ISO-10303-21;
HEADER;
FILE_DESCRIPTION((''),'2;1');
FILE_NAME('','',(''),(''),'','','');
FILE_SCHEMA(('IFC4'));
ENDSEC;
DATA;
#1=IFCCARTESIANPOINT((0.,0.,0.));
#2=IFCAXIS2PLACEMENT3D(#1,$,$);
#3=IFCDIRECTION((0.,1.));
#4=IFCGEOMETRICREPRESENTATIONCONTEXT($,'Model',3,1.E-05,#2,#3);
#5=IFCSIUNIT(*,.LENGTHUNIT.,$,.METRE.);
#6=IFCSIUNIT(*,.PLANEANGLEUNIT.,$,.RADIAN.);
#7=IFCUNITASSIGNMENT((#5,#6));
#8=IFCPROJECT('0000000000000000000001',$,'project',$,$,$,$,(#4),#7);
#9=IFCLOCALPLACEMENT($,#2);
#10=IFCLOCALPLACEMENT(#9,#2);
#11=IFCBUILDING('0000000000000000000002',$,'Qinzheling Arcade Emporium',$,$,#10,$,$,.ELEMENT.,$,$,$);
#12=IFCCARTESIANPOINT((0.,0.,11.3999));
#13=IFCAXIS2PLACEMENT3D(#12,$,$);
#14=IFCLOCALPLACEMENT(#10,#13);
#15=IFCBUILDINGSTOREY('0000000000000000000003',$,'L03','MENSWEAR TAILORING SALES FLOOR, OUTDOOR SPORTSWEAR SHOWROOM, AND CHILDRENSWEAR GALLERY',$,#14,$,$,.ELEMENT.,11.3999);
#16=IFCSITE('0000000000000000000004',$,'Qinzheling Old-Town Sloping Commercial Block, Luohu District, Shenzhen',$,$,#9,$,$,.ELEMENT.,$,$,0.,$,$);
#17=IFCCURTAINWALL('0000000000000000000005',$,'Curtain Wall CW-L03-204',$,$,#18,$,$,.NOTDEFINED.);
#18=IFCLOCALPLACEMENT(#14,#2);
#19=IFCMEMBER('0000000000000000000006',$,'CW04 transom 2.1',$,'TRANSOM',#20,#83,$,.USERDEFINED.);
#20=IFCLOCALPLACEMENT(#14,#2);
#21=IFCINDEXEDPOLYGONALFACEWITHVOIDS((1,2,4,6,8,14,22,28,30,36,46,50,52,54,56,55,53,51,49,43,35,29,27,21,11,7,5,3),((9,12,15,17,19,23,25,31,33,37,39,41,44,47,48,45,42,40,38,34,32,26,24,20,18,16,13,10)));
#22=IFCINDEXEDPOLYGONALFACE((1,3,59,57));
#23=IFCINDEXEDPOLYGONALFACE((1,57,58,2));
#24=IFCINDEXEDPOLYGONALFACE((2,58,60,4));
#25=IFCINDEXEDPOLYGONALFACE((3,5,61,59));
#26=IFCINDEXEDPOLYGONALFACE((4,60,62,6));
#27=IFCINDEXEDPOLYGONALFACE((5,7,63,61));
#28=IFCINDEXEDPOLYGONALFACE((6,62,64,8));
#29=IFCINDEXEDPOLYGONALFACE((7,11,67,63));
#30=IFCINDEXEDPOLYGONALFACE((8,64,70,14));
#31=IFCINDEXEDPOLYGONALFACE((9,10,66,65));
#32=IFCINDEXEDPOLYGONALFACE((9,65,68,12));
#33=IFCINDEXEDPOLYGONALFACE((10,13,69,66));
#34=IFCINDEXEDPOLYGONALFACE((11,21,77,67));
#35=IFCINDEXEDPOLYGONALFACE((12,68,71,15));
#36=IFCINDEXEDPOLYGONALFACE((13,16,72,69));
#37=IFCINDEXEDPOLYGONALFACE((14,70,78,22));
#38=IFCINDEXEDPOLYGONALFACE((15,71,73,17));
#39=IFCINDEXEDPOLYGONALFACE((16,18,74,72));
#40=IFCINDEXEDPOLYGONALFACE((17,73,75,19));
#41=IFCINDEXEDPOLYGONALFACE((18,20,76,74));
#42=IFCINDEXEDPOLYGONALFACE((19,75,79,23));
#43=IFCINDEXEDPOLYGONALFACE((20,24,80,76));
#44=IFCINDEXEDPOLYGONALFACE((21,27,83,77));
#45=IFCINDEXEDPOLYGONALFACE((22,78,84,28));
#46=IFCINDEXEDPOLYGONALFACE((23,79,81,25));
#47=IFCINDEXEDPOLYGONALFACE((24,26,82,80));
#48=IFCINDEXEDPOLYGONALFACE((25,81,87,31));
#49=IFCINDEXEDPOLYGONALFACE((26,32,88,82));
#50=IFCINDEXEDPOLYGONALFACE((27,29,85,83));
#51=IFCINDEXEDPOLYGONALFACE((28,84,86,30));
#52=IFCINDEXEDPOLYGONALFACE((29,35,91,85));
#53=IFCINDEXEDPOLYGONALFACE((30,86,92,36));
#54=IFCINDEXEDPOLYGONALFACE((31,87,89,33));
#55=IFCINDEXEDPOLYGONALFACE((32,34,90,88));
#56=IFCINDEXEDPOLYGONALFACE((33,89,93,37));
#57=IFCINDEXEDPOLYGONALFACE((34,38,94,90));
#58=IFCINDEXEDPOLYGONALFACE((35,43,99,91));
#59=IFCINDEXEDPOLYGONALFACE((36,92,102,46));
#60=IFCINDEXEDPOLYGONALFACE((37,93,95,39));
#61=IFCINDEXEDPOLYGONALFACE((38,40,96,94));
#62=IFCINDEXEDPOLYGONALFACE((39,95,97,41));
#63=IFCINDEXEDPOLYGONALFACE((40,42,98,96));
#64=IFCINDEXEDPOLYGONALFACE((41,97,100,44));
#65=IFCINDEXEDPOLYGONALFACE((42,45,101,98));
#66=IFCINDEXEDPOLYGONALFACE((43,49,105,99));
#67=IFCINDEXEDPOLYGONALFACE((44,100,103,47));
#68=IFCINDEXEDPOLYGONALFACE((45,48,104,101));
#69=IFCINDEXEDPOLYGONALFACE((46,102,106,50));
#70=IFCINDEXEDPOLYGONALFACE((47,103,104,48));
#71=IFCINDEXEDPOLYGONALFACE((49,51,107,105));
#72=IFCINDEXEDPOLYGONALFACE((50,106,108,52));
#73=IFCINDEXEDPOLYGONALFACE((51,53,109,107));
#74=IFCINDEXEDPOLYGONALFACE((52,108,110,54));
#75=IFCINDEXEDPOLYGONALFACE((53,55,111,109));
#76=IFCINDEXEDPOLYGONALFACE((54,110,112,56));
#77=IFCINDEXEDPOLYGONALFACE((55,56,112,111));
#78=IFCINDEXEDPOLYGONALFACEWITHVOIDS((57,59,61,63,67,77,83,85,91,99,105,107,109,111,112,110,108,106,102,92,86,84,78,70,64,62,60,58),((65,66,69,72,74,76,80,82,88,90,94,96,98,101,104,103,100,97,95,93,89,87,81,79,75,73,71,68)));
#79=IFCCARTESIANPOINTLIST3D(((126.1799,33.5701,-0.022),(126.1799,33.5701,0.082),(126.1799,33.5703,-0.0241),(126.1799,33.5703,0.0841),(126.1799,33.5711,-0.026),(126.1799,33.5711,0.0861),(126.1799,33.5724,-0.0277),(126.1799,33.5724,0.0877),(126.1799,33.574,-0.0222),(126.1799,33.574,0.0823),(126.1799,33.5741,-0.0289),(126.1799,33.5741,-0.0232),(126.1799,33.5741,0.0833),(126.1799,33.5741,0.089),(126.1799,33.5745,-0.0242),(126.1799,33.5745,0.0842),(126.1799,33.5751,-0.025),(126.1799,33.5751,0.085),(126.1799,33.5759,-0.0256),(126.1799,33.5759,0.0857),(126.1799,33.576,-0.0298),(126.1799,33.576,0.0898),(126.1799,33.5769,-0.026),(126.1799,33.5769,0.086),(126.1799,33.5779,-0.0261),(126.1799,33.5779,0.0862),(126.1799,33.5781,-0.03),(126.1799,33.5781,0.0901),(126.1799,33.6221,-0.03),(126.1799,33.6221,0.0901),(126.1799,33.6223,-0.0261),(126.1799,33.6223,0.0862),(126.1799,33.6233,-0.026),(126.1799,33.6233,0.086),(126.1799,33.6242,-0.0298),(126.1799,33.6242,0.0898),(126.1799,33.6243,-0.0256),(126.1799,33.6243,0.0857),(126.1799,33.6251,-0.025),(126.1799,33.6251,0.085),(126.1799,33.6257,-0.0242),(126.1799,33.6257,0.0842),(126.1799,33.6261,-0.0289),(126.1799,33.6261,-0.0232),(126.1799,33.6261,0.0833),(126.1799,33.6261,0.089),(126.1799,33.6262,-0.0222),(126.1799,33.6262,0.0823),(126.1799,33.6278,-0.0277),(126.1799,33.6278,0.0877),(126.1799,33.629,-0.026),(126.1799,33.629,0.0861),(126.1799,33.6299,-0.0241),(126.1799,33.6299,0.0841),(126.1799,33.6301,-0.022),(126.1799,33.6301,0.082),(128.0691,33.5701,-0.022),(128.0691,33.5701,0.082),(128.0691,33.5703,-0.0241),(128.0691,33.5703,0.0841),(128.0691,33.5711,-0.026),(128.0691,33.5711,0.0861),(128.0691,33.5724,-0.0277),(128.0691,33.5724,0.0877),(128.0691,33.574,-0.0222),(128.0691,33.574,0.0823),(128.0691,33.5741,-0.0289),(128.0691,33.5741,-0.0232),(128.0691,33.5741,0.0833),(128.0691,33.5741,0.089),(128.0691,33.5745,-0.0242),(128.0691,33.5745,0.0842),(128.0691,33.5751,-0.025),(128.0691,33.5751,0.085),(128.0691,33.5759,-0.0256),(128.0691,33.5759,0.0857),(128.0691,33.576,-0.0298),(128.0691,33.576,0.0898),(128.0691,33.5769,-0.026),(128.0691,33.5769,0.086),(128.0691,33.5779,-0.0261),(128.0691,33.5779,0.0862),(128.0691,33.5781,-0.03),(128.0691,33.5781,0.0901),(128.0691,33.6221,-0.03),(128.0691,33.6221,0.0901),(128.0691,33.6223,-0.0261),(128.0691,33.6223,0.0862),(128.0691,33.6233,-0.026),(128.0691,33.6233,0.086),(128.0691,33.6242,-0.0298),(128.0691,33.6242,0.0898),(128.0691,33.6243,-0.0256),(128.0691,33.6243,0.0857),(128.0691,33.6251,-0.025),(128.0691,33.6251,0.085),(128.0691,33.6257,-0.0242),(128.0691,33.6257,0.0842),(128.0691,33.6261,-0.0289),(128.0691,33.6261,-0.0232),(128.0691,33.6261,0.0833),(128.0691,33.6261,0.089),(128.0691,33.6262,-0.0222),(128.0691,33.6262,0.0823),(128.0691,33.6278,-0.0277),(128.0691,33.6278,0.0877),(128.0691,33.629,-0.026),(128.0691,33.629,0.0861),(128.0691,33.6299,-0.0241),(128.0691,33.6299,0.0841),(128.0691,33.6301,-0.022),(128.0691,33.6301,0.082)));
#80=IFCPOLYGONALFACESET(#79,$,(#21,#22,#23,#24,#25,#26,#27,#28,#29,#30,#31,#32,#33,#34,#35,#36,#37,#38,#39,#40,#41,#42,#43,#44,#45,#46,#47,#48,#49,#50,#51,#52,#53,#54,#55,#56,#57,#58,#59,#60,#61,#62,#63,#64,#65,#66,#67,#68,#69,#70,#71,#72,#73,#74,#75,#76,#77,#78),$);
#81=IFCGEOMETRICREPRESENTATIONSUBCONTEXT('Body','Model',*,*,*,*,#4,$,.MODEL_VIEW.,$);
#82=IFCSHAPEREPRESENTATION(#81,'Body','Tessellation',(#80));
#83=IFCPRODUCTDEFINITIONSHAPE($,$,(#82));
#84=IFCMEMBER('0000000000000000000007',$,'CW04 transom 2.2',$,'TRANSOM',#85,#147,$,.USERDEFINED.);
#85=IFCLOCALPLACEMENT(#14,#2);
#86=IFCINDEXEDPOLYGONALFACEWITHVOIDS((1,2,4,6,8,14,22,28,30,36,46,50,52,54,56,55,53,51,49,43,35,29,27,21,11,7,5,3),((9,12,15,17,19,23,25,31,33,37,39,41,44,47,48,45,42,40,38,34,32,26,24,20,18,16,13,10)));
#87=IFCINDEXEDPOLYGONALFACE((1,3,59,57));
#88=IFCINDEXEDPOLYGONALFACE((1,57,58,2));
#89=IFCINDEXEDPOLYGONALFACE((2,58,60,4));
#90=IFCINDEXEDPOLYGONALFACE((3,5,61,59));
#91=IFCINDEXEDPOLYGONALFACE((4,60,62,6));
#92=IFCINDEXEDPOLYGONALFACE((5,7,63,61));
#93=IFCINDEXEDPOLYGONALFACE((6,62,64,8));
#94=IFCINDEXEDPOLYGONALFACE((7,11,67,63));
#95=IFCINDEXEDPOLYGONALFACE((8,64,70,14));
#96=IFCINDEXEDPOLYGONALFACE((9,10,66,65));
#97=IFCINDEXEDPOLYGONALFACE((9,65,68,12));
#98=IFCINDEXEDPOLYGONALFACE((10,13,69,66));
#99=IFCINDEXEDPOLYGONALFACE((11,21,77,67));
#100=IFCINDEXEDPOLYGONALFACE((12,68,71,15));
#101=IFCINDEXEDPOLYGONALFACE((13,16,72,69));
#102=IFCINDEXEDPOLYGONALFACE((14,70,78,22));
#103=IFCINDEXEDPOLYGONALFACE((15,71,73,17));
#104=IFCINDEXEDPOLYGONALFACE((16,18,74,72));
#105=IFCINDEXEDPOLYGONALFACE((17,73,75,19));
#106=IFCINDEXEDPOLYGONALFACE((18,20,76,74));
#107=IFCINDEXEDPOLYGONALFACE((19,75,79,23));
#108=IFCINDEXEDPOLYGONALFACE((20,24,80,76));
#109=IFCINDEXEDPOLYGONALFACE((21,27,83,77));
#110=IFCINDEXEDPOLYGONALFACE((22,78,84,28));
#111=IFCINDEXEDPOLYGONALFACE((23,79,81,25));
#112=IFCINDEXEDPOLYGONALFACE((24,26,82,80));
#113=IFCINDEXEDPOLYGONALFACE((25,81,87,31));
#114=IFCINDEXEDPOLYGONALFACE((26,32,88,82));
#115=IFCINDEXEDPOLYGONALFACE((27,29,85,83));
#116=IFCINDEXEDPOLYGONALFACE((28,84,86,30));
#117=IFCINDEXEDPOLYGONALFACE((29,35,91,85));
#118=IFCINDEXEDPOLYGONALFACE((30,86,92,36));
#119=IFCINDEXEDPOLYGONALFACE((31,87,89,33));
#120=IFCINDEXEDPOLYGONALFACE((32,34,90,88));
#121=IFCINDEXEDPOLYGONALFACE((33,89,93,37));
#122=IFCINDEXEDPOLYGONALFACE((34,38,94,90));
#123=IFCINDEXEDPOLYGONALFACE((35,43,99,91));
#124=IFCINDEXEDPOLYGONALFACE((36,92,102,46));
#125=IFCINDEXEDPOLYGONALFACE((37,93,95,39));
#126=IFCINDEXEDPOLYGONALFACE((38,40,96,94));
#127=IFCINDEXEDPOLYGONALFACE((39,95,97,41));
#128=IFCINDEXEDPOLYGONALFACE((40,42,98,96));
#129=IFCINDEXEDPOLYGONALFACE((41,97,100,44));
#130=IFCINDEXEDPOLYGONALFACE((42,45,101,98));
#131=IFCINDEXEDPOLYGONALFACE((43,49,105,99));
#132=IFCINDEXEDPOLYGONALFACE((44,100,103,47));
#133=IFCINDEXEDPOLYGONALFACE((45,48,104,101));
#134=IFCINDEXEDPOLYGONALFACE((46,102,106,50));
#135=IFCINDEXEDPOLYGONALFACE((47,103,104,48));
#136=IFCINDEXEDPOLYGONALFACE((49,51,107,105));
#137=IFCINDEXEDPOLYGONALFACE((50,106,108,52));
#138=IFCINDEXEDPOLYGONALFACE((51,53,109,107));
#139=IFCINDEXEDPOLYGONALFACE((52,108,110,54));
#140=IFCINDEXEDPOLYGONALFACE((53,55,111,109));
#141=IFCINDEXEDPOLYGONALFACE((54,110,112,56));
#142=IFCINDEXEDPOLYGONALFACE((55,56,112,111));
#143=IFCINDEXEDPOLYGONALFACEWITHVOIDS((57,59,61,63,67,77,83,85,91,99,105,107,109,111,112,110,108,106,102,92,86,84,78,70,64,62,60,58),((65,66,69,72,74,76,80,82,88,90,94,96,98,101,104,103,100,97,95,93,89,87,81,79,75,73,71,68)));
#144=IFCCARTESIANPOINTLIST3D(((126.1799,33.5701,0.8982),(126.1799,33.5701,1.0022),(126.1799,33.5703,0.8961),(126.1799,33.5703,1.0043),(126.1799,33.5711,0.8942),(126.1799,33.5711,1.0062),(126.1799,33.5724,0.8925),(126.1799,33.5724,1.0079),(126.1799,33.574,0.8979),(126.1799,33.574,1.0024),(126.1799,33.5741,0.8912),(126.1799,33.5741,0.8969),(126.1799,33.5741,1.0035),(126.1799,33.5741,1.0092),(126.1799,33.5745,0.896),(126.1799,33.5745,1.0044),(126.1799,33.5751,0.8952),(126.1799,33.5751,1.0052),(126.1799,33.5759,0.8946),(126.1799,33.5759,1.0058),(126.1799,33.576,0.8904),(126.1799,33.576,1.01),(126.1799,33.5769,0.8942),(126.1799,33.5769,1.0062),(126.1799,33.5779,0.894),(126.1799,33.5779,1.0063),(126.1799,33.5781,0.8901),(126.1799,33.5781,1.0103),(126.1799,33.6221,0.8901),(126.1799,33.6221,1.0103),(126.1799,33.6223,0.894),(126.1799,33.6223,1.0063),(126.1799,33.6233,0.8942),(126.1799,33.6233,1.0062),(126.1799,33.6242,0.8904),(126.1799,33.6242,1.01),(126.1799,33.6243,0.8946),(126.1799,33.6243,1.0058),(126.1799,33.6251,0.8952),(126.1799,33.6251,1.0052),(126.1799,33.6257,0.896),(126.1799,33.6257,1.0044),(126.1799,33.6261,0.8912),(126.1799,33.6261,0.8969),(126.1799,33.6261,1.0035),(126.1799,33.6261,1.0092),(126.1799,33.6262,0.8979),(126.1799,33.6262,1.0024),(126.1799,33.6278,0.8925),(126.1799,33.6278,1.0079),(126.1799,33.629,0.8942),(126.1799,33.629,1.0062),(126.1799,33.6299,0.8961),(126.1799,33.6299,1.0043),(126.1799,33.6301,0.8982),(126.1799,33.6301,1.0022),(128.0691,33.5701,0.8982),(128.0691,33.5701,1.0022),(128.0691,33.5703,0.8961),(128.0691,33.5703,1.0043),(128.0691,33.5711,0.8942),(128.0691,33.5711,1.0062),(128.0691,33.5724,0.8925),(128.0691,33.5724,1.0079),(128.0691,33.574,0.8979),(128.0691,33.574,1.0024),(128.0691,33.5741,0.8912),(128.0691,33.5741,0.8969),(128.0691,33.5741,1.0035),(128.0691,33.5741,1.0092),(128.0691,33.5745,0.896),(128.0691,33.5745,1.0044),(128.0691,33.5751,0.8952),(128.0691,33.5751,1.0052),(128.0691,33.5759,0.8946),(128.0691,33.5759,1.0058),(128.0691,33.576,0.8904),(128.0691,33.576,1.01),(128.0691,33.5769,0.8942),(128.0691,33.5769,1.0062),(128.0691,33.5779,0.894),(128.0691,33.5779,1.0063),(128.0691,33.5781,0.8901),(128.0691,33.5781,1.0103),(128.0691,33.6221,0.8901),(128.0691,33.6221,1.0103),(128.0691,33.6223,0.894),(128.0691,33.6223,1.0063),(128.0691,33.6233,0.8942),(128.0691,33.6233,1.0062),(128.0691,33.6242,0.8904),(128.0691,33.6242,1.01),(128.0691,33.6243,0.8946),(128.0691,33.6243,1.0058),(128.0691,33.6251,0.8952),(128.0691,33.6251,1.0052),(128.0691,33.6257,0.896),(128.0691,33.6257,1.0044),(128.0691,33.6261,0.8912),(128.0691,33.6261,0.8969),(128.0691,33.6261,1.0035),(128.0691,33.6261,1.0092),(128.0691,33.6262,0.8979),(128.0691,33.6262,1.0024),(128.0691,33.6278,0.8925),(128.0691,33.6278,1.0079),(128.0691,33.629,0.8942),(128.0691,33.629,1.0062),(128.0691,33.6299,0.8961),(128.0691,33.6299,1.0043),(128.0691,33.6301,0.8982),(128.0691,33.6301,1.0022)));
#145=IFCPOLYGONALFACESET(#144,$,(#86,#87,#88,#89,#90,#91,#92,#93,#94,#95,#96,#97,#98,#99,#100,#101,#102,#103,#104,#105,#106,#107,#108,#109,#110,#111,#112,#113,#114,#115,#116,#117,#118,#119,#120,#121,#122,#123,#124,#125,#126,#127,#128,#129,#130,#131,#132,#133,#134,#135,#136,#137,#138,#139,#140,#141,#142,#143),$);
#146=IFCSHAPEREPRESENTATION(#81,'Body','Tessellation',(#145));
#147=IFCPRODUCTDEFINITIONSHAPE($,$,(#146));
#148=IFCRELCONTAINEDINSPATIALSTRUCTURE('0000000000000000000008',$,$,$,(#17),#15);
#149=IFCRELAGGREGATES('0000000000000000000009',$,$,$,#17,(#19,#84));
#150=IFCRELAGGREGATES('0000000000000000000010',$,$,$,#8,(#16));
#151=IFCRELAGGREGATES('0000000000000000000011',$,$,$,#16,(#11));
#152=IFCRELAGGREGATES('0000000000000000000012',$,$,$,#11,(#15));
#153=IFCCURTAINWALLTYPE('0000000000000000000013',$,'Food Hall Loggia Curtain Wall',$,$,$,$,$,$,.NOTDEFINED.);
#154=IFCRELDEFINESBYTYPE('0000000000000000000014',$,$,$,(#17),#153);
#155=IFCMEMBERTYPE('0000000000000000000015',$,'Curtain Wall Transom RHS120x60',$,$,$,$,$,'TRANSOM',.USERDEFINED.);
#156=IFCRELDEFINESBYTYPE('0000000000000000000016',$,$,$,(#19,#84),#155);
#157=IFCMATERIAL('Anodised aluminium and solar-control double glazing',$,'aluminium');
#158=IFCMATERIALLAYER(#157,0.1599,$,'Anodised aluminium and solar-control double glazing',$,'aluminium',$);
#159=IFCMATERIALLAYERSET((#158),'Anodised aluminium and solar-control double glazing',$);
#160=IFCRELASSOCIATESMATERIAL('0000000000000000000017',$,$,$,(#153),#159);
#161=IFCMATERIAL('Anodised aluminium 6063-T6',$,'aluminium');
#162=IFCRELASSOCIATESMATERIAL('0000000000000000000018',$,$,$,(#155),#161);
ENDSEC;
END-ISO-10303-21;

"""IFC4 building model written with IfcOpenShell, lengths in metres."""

from ifc_helpers import new_model, si_unit, direction, frame, origin, origin_2d, place, context, subcontext, project, spatial, hollow_rectangle, extrude, material, layer, layer_set, material_profile, profile_set, type_object, element, aggregate, save


model = new_model("IFC4")

# Units and contexts
model_context = context("Model", 3, precision=1e-05, world=origin(), true_north=direction((0.0, 1.0)))
body_context = subcontext(model_context, "Body", "Model", "MODEL_VIEW")
ifc_project = project(units=[si_unit("LENGTHUNIT", "METRE"), si_unit("PLANEANGLEUNIT", "RADIAN")], contexts=[model_context])

# Site, building, storey
site_placement = place(None, origin())
site = spatial("IfcSite", under=ifc_project, at=site_placement, Name="Qinzheling Old-Town Sloping Commercial Block, Luohu District, Shenzhen", CompositionType="ELEMENT", RefElevation=0.0)
building_placement = place(site_placement, origin())
building = spatial("IfcBuilding", under=site, at=building_placement, Name="Qinzheling Arcade Emporium", CompositionType="ELEMENT")
storey_placement = place(building_placement, frame((0.0, 0.0, 11.3999)))
storey = spatial("IfcBuildingStorey", under=building, at=storey_placement, Name="L03", Description="MENSWEAR TAILORING SALES FLOOR, OUTDOOR SPORTSWEAR SHOWROOM, AND CHILDRENSWEAR GALLERY", CompositionType="ELEMENT", Elevation=11.3999)

# Curtain wall, members
ifc_material_1 = material(Name="Anodised aluminium and solar-control double glazing", Category="aluminium")
ifc_layer_1 = layer(ifc_material_1, 0.1599, Name="Anodised aluminium and solar-control double glazing", Category="aluminium")
ifc_layer_set_1 = layer_set([ifc_layer_1], Name="Anodised aluminium and solar-control double glazing")
curtain_wall_type = type_object("IfcCurtainWallType", Name="Food Hall Loggia Curtain Wall", PredefinedType="NOTDEFINED", material=ifc_layer_set_1)
curtain_wall_placement = place(storey_placement, origin())
curtain_wall = element("IfcCurtainWall", 1, at=curtain_wall_placement, inside=storey, type_object=curtain_wall_type, Name="Curtain Wall CW-L03-204", PredefinedType="NOTDEFINED")
ifc_material_2 = material(Name="Anodised aluminium 6063-T6", Category="aluminium")
ifc_material_profile_1 = material_profile(ifc_material_2, hollow_rectangle(XDim=0.0601, YDim=0.1201, WallThickness=0.0039, InnerFilletRadius=0.0039, OuterFilletRadius=0.0081, at=origin_2d()), Name="RHS 120x60x4", Category="aluminium")
ifc_profile_set_1 = profile_set([ifc_material_profile_1], Name="Anodised aluminium 6063-T6")
member_type_1 = type_object("IfcMemberType", Name="Curtain Wall Transom RHS120x60", ElementType="TRANSOM", PredefinedType="USERDEFINED", material=ifc_profile_set_1)
member_1_placement = place(storey_placement, frame((128.0691, 33.6001, 0.03), z_axis=(-1.0, 0.0, 0.0), x_axis=(0.0, -1.0, 0.0)))
member_1 = element("IfcMember", 2, at=member_1_placement, type_object=member_type_1, Name="CW04 transom 2.1", ObjectType="TRANSOM", PredefinedType="USERDEFINED", context=body_context, shape_type="SweptSolid", body=[
    extrude(hollow_rectangle(XDim=0.0601, YDim=0.1201, WallThickness=0.0039, InnerFilletRadius=0.0039, OuterFilletRadius=0.0081, at=origin_2d()), origin(), (0.0, 0.0, 1.0), 1.8892),
])
member_2_placement = place(storey_placement, frame((128.0691, 33.6001, 0.9502), z_axis=(-1.0, 0.0, 0.0), x_axis=(0.0, -1.0, 0.0)))
member_2 = element("IfcMember", 3, at=member_2_placement, type_object=member_type_1, Name="CW04 transom 2.2", ObjectType="TRANSOM", PredefinedType="USERDEFINED", context=body_context, shape_type="SweptSolid", body=[
    extrude(hollow_rectangle(XDim=0.0601, YDim=0.1201, WallThickness=0.0039, InnerFilletRadius=0.0039, OuterFilletRadius=0.0081, at=origin_2d()), origin(), (0.0, 0.0, 1.0), 1.8892),
])

aggregate(curtain_wall, [member_1, member_2])

save(model, "model.ifc")
